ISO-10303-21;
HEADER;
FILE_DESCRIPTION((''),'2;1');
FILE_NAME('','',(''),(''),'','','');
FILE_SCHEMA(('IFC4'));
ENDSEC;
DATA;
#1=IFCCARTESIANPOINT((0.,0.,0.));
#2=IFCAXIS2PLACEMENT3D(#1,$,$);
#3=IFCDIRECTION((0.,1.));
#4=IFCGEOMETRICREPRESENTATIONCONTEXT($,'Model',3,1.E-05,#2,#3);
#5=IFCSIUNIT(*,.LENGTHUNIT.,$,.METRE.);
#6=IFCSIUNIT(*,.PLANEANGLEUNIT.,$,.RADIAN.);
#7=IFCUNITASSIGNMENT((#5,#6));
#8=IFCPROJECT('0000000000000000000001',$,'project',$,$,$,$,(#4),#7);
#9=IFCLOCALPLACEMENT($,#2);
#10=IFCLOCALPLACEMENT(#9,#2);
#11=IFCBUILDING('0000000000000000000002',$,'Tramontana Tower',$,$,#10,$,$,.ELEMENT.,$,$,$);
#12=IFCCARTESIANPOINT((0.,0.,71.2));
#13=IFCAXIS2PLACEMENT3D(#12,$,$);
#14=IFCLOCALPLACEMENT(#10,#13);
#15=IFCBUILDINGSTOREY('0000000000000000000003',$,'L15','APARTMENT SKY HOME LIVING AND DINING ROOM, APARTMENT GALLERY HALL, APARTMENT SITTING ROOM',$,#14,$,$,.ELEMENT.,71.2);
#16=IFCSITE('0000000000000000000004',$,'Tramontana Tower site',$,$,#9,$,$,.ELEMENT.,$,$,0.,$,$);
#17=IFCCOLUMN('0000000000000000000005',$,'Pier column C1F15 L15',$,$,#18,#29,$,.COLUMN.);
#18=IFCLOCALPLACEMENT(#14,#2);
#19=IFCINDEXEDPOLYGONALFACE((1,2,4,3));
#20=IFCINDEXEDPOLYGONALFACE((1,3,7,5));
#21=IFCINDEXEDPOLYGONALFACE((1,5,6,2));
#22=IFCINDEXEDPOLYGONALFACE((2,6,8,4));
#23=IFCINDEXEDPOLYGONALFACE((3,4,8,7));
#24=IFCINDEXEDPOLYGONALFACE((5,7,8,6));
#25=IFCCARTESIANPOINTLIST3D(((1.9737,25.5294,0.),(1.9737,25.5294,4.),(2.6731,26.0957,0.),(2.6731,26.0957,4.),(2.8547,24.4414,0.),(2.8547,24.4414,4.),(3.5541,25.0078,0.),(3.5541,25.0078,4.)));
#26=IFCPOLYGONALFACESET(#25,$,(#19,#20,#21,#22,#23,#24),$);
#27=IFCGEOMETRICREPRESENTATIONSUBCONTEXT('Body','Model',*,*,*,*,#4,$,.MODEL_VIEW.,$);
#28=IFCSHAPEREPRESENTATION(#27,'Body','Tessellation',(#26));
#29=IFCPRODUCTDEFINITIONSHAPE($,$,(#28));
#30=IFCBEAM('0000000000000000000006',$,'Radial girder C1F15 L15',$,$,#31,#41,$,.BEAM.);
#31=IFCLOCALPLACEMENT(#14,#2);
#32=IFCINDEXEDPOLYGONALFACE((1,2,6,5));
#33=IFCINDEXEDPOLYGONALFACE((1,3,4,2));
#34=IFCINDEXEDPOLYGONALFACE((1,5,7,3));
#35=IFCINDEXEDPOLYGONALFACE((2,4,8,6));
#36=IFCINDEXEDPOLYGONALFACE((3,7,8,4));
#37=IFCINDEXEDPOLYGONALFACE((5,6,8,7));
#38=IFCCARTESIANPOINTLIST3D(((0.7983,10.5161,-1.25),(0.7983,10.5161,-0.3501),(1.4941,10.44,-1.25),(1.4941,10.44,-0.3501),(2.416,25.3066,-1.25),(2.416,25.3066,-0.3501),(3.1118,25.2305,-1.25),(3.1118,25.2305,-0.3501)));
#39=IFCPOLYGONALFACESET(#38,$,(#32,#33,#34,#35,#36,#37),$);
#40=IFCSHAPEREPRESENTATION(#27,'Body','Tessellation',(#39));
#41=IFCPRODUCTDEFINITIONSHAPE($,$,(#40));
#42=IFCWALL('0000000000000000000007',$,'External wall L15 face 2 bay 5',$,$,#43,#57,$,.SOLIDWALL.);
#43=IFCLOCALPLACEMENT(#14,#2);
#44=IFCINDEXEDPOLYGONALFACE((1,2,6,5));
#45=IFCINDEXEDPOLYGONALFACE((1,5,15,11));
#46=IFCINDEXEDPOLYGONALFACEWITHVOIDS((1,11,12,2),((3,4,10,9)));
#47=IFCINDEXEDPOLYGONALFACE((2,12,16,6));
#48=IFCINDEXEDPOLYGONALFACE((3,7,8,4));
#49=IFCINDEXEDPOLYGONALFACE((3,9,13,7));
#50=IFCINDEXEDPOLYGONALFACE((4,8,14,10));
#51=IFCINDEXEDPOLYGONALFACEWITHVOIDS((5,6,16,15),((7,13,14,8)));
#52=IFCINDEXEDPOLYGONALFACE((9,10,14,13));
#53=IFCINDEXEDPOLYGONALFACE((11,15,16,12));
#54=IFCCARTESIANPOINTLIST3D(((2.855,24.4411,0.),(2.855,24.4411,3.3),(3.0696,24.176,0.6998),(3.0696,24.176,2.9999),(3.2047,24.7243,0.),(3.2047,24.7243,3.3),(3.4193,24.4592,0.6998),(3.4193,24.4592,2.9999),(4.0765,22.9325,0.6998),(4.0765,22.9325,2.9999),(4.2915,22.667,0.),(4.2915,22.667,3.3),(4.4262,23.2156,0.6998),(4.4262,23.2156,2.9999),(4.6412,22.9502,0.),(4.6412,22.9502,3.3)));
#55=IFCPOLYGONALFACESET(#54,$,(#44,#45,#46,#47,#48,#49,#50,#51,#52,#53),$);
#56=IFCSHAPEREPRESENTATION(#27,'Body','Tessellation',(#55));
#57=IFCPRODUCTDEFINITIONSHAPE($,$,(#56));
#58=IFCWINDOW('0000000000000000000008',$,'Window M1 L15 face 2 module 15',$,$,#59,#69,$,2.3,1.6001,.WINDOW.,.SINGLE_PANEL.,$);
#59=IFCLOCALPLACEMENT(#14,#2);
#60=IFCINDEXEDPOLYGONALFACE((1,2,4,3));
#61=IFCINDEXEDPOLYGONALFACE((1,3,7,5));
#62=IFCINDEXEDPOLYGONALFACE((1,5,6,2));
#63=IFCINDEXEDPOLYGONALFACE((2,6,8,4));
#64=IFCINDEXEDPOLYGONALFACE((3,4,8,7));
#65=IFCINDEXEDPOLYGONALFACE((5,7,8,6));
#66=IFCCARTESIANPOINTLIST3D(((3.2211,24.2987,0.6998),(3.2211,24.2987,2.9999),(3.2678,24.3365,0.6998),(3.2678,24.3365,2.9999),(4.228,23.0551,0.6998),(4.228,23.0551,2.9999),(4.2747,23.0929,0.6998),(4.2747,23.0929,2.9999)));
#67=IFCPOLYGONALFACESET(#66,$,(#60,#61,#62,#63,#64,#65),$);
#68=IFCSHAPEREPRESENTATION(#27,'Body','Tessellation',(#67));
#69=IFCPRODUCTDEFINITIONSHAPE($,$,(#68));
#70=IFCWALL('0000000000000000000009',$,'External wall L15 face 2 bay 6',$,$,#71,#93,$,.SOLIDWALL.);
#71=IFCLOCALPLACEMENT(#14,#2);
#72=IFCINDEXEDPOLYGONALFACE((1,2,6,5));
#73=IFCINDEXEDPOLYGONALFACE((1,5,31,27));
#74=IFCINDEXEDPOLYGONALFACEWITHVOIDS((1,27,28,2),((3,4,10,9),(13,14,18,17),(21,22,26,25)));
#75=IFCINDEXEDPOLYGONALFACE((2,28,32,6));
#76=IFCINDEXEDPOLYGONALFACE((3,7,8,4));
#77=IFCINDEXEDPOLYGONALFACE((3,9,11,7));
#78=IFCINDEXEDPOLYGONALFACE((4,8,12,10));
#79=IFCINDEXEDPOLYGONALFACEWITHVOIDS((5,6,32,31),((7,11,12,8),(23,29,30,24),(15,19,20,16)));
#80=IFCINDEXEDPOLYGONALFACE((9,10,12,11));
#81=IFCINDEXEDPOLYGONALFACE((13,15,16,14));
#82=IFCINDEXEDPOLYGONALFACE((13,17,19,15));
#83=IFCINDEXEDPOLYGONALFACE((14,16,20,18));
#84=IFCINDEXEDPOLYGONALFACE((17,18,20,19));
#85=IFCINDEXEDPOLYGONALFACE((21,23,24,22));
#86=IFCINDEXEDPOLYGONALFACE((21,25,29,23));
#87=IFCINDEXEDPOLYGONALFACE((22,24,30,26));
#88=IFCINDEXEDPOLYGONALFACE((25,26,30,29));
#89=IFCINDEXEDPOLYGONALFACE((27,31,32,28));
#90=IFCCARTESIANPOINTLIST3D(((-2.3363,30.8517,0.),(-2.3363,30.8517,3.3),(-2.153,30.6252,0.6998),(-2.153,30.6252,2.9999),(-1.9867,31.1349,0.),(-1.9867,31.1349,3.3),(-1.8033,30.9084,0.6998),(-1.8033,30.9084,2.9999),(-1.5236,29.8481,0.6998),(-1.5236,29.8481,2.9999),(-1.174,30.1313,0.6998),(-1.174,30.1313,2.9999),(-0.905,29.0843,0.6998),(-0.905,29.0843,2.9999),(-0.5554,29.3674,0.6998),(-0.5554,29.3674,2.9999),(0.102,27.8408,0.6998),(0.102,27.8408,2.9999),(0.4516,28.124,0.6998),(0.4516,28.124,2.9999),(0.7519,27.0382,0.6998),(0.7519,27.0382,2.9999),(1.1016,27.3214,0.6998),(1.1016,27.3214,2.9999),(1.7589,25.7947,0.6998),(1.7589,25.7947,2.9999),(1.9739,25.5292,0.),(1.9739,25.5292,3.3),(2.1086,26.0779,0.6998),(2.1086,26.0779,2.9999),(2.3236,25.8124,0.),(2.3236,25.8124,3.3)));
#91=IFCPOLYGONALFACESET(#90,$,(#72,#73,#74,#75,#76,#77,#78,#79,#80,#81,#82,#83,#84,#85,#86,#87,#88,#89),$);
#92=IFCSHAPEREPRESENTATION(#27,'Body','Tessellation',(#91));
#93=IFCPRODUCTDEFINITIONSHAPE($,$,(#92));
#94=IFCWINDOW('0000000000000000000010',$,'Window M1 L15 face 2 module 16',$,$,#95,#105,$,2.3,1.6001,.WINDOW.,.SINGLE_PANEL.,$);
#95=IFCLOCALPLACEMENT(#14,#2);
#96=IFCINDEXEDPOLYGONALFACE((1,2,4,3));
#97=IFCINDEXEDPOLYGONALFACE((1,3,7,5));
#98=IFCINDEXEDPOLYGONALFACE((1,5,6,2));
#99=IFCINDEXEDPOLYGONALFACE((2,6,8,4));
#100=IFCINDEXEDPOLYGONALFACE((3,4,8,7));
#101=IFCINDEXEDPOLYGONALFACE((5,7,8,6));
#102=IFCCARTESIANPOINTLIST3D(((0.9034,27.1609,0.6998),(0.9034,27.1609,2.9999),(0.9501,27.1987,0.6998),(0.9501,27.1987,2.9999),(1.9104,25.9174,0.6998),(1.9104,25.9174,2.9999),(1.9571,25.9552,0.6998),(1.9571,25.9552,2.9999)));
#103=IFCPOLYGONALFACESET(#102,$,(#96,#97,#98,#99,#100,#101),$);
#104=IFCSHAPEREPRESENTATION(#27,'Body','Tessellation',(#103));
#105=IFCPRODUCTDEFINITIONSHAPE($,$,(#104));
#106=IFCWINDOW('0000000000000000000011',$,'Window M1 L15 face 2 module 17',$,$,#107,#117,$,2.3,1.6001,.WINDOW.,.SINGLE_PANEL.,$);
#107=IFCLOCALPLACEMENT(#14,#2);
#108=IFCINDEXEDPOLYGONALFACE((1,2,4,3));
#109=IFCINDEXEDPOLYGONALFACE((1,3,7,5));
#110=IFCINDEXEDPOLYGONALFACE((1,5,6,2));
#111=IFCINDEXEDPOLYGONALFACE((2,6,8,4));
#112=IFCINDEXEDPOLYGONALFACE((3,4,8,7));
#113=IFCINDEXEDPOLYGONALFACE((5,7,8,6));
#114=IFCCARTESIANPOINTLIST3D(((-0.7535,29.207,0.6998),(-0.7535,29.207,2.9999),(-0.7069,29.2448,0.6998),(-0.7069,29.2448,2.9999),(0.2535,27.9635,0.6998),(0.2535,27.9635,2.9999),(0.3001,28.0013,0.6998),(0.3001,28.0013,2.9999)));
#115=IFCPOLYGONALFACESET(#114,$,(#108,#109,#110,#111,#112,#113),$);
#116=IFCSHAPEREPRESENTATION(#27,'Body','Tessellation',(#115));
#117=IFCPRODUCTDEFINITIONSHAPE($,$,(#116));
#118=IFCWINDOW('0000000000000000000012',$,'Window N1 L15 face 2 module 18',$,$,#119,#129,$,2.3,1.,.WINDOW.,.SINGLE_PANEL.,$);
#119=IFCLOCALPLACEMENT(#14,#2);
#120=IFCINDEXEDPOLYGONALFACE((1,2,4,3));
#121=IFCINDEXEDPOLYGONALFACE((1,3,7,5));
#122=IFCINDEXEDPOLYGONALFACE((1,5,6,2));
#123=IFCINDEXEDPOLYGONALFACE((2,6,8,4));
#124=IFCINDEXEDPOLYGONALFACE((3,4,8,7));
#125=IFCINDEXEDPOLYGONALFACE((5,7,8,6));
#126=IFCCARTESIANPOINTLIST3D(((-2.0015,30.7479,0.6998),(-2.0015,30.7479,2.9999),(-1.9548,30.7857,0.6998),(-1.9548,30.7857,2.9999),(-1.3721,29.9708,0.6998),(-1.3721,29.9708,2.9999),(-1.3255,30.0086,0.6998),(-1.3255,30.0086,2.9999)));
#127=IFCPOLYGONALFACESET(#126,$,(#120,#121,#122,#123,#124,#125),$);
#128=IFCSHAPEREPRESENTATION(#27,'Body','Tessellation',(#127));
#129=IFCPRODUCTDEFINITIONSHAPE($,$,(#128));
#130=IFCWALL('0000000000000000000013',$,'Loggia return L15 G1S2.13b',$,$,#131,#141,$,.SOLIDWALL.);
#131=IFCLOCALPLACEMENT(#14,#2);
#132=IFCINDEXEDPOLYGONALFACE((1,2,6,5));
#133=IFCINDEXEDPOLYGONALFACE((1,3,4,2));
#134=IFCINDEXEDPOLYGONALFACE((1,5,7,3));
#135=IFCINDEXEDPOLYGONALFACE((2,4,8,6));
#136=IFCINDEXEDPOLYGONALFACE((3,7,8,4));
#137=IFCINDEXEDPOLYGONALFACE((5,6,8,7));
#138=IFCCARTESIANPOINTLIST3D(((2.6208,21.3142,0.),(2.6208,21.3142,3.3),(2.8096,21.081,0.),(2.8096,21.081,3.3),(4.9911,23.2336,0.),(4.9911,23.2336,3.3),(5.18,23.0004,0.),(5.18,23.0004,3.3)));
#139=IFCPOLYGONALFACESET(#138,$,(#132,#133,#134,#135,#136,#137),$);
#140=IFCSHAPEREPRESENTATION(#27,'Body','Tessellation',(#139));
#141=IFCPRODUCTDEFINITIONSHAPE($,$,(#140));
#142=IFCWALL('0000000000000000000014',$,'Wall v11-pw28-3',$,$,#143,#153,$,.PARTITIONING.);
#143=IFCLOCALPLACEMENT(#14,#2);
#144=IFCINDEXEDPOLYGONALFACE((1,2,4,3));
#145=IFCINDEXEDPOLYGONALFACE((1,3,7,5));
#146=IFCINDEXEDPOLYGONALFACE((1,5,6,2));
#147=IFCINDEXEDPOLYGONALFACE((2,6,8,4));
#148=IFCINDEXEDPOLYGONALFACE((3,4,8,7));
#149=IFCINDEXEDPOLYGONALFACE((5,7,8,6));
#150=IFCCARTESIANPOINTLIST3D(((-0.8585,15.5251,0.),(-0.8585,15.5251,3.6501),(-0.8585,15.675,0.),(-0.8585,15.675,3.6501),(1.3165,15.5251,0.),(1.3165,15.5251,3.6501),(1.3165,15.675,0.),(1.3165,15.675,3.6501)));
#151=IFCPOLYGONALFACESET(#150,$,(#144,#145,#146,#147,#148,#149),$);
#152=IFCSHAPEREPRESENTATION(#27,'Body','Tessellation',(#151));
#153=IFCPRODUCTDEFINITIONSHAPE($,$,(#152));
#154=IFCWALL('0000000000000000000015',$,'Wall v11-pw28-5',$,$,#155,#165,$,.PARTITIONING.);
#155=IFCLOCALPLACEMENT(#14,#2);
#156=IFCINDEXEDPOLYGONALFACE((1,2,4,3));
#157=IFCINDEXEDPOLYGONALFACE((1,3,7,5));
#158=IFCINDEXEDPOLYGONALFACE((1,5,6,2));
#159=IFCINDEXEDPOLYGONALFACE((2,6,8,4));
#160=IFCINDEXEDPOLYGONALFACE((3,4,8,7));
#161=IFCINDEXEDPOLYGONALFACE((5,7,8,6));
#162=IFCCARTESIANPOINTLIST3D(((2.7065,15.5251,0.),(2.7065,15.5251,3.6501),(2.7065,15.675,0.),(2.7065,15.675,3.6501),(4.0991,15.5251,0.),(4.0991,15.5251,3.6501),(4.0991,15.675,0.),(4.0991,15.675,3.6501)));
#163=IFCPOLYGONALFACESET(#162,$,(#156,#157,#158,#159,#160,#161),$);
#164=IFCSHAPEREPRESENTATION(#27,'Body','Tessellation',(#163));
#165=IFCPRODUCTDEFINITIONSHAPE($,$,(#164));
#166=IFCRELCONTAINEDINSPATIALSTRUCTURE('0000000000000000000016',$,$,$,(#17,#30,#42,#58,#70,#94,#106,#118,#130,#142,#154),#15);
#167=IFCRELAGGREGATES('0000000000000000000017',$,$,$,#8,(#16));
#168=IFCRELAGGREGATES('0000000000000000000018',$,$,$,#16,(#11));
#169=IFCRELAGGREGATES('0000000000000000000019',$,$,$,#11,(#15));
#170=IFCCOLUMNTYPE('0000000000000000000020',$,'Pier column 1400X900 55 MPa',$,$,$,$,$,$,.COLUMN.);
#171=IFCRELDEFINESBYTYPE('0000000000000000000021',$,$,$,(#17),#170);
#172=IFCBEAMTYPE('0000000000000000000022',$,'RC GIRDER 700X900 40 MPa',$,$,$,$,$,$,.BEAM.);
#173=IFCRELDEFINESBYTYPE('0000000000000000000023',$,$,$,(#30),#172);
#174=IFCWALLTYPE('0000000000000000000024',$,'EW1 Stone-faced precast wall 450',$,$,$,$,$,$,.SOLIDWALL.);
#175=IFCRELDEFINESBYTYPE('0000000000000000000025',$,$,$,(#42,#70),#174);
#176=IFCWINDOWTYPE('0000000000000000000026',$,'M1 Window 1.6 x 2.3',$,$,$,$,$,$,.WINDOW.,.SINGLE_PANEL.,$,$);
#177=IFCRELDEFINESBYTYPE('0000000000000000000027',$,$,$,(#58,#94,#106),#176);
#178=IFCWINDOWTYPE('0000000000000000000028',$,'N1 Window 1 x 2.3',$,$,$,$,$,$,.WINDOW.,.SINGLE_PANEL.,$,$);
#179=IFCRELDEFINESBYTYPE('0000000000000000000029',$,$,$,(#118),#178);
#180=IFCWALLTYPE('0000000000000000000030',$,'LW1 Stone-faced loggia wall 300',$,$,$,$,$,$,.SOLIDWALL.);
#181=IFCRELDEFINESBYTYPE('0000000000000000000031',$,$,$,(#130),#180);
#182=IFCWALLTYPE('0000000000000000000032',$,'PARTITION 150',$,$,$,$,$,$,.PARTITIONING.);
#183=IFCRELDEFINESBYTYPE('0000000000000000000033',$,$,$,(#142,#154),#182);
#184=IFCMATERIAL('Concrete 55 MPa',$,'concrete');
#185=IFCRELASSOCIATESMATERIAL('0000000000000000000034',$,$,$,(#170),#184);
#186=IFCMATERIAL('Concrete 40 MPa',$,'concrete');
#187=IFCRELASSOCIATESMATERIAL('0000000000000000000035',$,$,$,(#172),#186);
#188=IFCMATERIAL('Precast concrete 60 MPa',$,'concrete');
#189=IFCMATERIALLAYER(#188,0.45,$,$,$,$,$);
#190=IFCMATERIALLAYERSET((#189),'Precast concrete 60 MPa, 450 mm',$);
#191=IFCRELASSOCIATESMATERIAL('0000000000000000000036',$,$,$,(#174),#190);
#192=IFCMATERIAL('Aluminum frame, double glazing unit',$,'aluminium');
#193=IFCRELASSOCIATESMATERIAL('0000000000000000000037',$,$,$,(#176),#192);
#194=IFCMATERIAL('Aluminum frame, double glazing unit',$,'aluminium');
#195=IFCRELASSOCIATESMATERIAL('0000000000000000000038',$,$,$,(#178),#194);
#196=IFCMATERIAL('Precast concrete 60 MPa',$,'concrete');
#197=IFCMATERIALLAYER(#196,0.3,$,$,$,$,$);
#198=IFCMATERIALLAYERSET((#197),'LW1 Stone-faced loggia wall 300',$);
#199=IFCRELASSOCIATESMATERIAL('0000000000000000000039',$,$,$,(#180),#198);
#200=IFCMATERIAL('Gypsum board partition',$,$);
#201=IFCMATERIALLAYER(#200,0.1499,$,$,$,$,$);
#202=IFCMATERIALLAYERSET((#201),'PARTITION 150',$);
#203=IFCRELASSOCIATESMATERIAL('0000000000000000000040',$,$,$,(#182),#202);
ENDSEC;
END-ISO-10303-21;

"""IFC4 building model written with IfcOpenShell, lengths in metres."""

from ifc_helpers import new_model, si_unit, direction, frame, frame_2d, origin, origin_2d, place, context, subcontext, project, spatial, rectangle, extrude, material, layer, layer_set, material_profile, profile_set, type_object, element, fill, save


model = new_model("IFC4")

# Units and contexts
model_context = context("Model", 3, precision=1e-05, world=origin(), true_north=direction((0.0, 1.0)))
body_context = subcontext(model_context, "Body", "Model", "MODEL_VIEW")
ifc_project = project(units=[si_unit("LENGTHUNIT", "METRE"), si_unit("PLANEANGLEUNIT", "RADIAN")], contexts=[model_context])

# Site, building, storey
site_placement = place(None, origin())
site = spatial("IfcSite", under=ifc_project, at=site_placement, Name="Tramontana Tower site", CompositionType="ELEMENT", RefElevation=0.0)
building_placement = place(site_placement, origin())
building = spatial("IfcBuilding", under=site, at=building_placement, Name="Tramontana Tower", CompositionType="ELEMENT")
storey_placement = place(building_placement, frame((0.0, 0.0, 71.2)))
storey = spatial("IfcBuildingStorey", under=building, at=storey_placement, Name="L15", Description="APARTMENT SKY HOME LIVING AND DINING ROOM, APARTMENT GALLERY HALL, APARTMENT SITTING ROOM", CompositionType="ELEMENT", Elevation=71.2)

# Column
ifc_material_1 = material(Name="Concrete 55 MPa", Category="concrete")
ifc_material_profile_1 = material_profile(ifc_material_1, rectangle(XDim=1.3999, YDim=0.8999, at=origin_2d()), Name="Pier column 1400X900 55 MPa")
ifc_profile_set_1 = profile_set([ifc_material_profile_1], Name="Concrete 55 MPa")
column_type = type_object("IfcColumnType", Name="Pier column 1400X900 55 MPa", PredefinedType="COLUMN", material=ifc_profile_set_1)
column_placement = place(storey_placement, frame((2.7639, 25.2686, 0.0), z_axis=(0.0, 0.0, 1.0), x_axis=(-0.62932, 0.777146, 0.0)))
element("IfcColumn", 1, at=column_placement, inside=storey, type_object=column_type, Name="Pier column C1F15 L15", PredefinedType="COLUMN", context=body_context, shape_type="SweptSolid", body=[
    extrude(rectangle(XDim=1.3999, YDim=0.8999, at=origin_2d()), origin(), (0.0, 0.0, 1.0), 4.0),
])

# Beam
ifc_material_2 = material(Name="Concrete 40 MPa", Category="concrete")
ifc_material_profile_2 = material_profile(ifc_material_2, rectangle(XDim=0.7, YDim=0.8999, at=origin_2d()), Name="RC GIRDER 700X900 40 MPa")
ifc_profile_set_2 = profile_set([ifc_material_profile_2], Name="Concrete 40 MPa")
beam_type = type_object("IfcBeamType", Name="RC GIRDER 700X900 40 MPa", PredefinedType="BEAM", material=ifc_profile_set_2)
beam_placement = place(storey_placement, frame((2.7639, 25.2686, -0.8), z_axis=(-0.108724, -0.994072, 0.0), x_axis=(0.994072, -0.108724, 0.0)))
element("IfcBeam", 2, at=beam_placement, inside=storey, type_object=beam_type, Name="Radial girder C1F15 L15", PredefinedType="BEAM", context=body_context, shape_type="SweptSolid", body=[
    extrude(rectangle(XDim=0.7, YDim=0.8999, at=origin_2d()), origin(), (0.0, 0.0, 1.0), 14.8787),
])

# Wall, opening, window
ifc_material_3 = material(Name="Precast concrete 60 MPa", Category="concrete")
ifc_layer_1 = layer(ifc_material_3, 0.45)
ifc_layer_set_1 = layer_set([ifc_layer_1], Name="Precast concrete 60 MPa, 450 mm")
wall_type_1 = type_object("IfcWallType", Name="EW1 Stone-faced precast wall 450", PredefinedType="SOLIDWALL", material=ifc_layer_set_1)
wall_1_placement = place(storey_placement, frame((4.4663, 22.8086, 0.0), z_axis=(0.0, 0.0, 1.0), x_axis=(-0.629275, 0.777183, 0.0)))
wall_1 = element("IfcWall", 3, at=wall_1_placement, inside=storey, type_object=wall_type_1, Name="External wall L15 face 2 bay 5", PredefinedType="SOLIDWALL", context=body_context, shape_type="SweptSolid", body=[
    extrude(rectangle(XDim=2.2827, YDim=0.45, at=frame_2d((1.1414, 0.0))), origin(), (0.0, 0.0, 1.0), 3.3),
])
opening_1_placement = place(wall_1_placement, frame((0.3416, 0.0, 0.7)))
opening_1 = element("IfcOpeningElement", 4, at=opening_1_placement, cuts=wall_1, PredefinedType="OPENING", context=body_context, shape_type="SweptSolid", body=[
    extrude(rectangle(XDim=1.6001, YDim=2.3, at=frame_2d((0.8, 1.1499))), frame((0.0, 0.2349, 0.0), z_axis=(0.0, -1.0, 0.0), x_axis=(1.0, 0.0, 0.0)), (0.0, 0.0, 1.0), 0.47),
])
ifc_material_4 = material(Name="Aluminum frame, double glazing unit", Category="aluminium")
window_type_1 = type_object("IfcWindowType", Name="M1 Window 1.6 x 2.3", PartitioningType="SINGLE_PANEL", PredefinedType="WINDOW", material=ifc_material_4)
window_1_placement = place(opening_1_placement, origin())
window_1 = element("IfcWindow", 5, at=window_1_placement, inside=storey, type_object=window_type_1, Name="Window M1 L15 face 2 module 15", OverallHeight=2.3, OverallWidth=1.6001, PartitioningType="SINGLE_PANEL", PredefinedType="WINDOW", context=body_context, shape_type="SweptSolid", body=[
    extrude(rectangle(XDim=1.6001, YDim=2.3, at=frame_2d((0.8, 1.1499))), frame((0.0, 0.03, 0.0), z_axis=(0.0, -1.0, 0.0), x_axis=(1.0, 0.0, 0.0)), (0.0, 0.0, 1.0), 0.0601),
])
fill(opening_1, window_1)

# Wall, openings, windows
wall_2_placement = place(storey_placement, frame((2.1487, 25.6709, 0.0), z_axis=(0.0, 0.0, 1.0), x_axis=(-0.62934, 0.77713, 0.0)))
wall_2 = element("IfcWall", 6, at=wall_2_placement, inside=storey, type_object=wall_type_1, Name="External wall L15 face 2 bay 6", PredefinedType="SOLIDWALL", context=body_context, shape_type="SweptSolid", body=[
    extrude(rectangle(XDim=6.8489, YDim=0.45, at=frame_2d((3.4243, 0.0))), origin(), (0.0, 0.0, 1.0), 3.3),
])
opening_2_placement = place(wall_2_placement, frame((0.3416, 0.0, 0.7)))
opening_2 = element("IfcOpeningElement", 7, at=opening_2_placement, cuts=wall_2, PredefinedType="OPENING", context=body_context, shape_type="SweptSolid", body=[
    extrude(rectangle(XDim=1.6001, YDim=2.3, at=frame_2d((0.8, 1.1499))), frame((0.0, 0.2349, 0.0), z_axis=(0.0, -1.0, 0.0), x_axis=(1.0, 0.0, 0.0)), (0.0, 0.0, 1.0), 0.47),
])
opening_3_placement = place(wall_2_placement, frame((2.9744, 0.0, 0.7)))
opening_3 = element("IfcOpeningElement", 8, at=opening_3_placement, cuts=wall_2, PredefinedType="OPENING", context=body_context, shape_type="SweptSolid", body=[
    extrude(rectangle(XDim=1.6001, YDim=2.3, at=frame_2d((0.8, 1.1499))), frame((0.0, 0.2349, 0.0), z_axis=(0.0, -1.0, 0.0), x_axis=(1.0, 0.0, 0.0)), (0.0, 0.0, 1.0), 0.47),
])
opening_4_placement = place(wall_2_placement, frame((5.5574, 0.0, 0.7)))
opening_4 = element("IfcOpeningElement", 9, at=opening_4_placement, cuts=wall_2, PredefinedType="OPENING", context=body_context, shape_type="SweptSolid", body=[
    extrude(rectangle(XDim=1.0, YDim=2.3, at=frame_2d((0.5, 1.1499))), frame((0.0, 0.2349, 0.0), z_axis=(0.0, -1.0, 0.0), x_axis=(1.0, 0.0, 0.0)), (0.0, 0.0, 1.0), 0.47),
])
window_2_placement = place(opening_2_placement, origin())
window_2 = element("IfcWindow", 10, at=window_2_placement, inside=storey, type_object=window_type_1, Name="Window M1 L15 face 2 module 16", OverallHeight=2.3, OverallWidth=1.6001, PartitioningType="SINGLE_PANEL", PredefinedType="WINDOW", context=body_context, shape_type="SweptSolid", body=[
    extrude(rectangle(XDim=1.6001, YDim=2.3, at=frame_2d((0.8, 1.1499))), frame((0.0, 0.03, 0.0), z_axis=(0.0, -1.0, 0.0), x_axis=(1.0, 0.0, 0.0)), (0.0, 0.0, 1.0), 0.0601),
])
fill(opening_2, window_2)
window_3_placement = place(opening_3_placement, origin())
window_3 = element("IfcWindow", 11, at=window_3_placement, inside=storey, type_object=window_type_1, Name="Window M1 L15 face 2 module 17", OverallHeight=2.3, OverallWidth=1.6001, PartitioningType="SINGLE_PANEL", PredefinedType="WINDOW", context=body_context, shape_type="SweptSolid", body=[
    extrude(rectangle(XDim=1.6001, YDim=2.3, at=frame_2d((0.8, 1.1499))), frame((0.0, 0.03, 0.0), z_axis=(0.0, -1.0, 0.0), x_axis=(1.0, 0.0, 0.0)), (0.0, 0.0, 1.0), 0.0601),
])
fill(opening_3, window_3)
ifc_material_5 = material(Name="Aluminum frame, double glazing unit", Category="aluminium")
window_type_2 = type_object("IfcWindowType", Name="N1 Window 1 x 2.3", PartitioningType="SINGLE_PANEL", PredefinedType="WINDOW", material=ifc_material_5)
window_4_placement = place(opening_4_placement, origin())
window_4 = element("IfcWindow", 12, at=window_4_placement, inside=storey, type_object=window_type_2, Name="Window N1 L15 face 2 module 18", OverallHeight=2.3, OverallWidth=1.0, PartitioningType="SINGLE_PANEL", PredefinedType="WINDOW", context=body_context, shape_type="SweptSolid", body=[
    extrude(rectangle(XDim=1.0, YDim=2.3, at=frame_2d((0.5, 1.1499))), frame((0.0, 0.03, 0.0), z_axis=(0.0, -1.0, 0.0), x_axis=(1.0, 0.0, 0.0)), (0.0, 0.0, 1.0), 0.0601),
])
fill(opening_4, window_4)

# Shared definitions
ifc_material_6 = material(Name="Precast concrete 60 MPa", Category="concrete")
ifc_layer_2 = layer(ifc_material_6, 0.3)
ifc_layer_set_2 = layer_set([ifc_layer_2], Name="LW1 Stone-faced loggia wall 300")
wall_type_2 = type_object("IfcWallType", Name="LW1 Stone-faced loggia wall 300", PredefinedType="SOLIDWALL", material=ifc_layer_set_2)

# Walls
wall_3_placement = place(storey_placement, frame((5.0854, 23.1169, 0.0), z_axis=(0.0, 0.0, 1.0), x_axis=(-0.777154, -0.629311, 0.0)))
element("IfcWall", 13, at=wall_3_placement, inside=storey, type_object=wall_type_2, Name="Loggia return L15 G1S2.13b", PredefinedType="SOLIDWALL", context=body_context, shape_type="SweptSolid", body=[
    extrude(rectangle(XDim=3.05, YDim=0.3, at=frame_2d((1.5249, 0.0))), origin(), (0.0, 0.0, 1.0), 3.3),
])
ifc_material_7 = material(Name="Gypsum board partition")
ifc_layer_3 = layer(ifc_material_7, 0.1499)
ifc_layer_set_3 = layer_set([ifc_layer_3], Name="PARTITION 150")
wall_type_3 = type_object("IfcWallType", Name="PARTITION 150", PredefinedType="PARTITIONING", material=ifc_layer_set_3)
wall_4_placement = place(storey_placement, frame((-0.8584, 15.6001, 0.0), z_axis=(0.0, 0.0, 1.0), x_axis=(1.0, 0.0, 0.0)))
element("IfcWall", 14, at=wall_4_placement, inside=storey, type_object=wall_type_3, Name="Wall v11-pw28-3", PredefinedType="PARTITIONING", context=body_context, shape_type="SweptSolid", body=[
    extrude(rectangle(XDim=2.175, YDim=0.1499, at=frame_2d((1.0874, 0.0))), origin(), (0.0, 0.0, 1.0), 3.6501),
])

# Wall
wall_5_placement = place(storey_placement, frame((2.7065, 15.6001, 0.0), z_axis=(0.0, 0.0, 1.0), x_axis=(1.0, 0.0, 0.0)))
element("IfcWall", 15, at=wall_5_placement, inside=storey, type_object=wall_type_3, Name="Wall v11-pw28-5", PredefinedType="PARTITIONING", context=body_context, shape_type="SweptSolid", body=[
    extrude(rectangle(XDim=1.3926, YDim=0.1499, at=frame_2d((0.6963, 0.0))), origin(), (0.0, 0.0, 1.0), 3.6501),
])

save(model, "model.ifc")
